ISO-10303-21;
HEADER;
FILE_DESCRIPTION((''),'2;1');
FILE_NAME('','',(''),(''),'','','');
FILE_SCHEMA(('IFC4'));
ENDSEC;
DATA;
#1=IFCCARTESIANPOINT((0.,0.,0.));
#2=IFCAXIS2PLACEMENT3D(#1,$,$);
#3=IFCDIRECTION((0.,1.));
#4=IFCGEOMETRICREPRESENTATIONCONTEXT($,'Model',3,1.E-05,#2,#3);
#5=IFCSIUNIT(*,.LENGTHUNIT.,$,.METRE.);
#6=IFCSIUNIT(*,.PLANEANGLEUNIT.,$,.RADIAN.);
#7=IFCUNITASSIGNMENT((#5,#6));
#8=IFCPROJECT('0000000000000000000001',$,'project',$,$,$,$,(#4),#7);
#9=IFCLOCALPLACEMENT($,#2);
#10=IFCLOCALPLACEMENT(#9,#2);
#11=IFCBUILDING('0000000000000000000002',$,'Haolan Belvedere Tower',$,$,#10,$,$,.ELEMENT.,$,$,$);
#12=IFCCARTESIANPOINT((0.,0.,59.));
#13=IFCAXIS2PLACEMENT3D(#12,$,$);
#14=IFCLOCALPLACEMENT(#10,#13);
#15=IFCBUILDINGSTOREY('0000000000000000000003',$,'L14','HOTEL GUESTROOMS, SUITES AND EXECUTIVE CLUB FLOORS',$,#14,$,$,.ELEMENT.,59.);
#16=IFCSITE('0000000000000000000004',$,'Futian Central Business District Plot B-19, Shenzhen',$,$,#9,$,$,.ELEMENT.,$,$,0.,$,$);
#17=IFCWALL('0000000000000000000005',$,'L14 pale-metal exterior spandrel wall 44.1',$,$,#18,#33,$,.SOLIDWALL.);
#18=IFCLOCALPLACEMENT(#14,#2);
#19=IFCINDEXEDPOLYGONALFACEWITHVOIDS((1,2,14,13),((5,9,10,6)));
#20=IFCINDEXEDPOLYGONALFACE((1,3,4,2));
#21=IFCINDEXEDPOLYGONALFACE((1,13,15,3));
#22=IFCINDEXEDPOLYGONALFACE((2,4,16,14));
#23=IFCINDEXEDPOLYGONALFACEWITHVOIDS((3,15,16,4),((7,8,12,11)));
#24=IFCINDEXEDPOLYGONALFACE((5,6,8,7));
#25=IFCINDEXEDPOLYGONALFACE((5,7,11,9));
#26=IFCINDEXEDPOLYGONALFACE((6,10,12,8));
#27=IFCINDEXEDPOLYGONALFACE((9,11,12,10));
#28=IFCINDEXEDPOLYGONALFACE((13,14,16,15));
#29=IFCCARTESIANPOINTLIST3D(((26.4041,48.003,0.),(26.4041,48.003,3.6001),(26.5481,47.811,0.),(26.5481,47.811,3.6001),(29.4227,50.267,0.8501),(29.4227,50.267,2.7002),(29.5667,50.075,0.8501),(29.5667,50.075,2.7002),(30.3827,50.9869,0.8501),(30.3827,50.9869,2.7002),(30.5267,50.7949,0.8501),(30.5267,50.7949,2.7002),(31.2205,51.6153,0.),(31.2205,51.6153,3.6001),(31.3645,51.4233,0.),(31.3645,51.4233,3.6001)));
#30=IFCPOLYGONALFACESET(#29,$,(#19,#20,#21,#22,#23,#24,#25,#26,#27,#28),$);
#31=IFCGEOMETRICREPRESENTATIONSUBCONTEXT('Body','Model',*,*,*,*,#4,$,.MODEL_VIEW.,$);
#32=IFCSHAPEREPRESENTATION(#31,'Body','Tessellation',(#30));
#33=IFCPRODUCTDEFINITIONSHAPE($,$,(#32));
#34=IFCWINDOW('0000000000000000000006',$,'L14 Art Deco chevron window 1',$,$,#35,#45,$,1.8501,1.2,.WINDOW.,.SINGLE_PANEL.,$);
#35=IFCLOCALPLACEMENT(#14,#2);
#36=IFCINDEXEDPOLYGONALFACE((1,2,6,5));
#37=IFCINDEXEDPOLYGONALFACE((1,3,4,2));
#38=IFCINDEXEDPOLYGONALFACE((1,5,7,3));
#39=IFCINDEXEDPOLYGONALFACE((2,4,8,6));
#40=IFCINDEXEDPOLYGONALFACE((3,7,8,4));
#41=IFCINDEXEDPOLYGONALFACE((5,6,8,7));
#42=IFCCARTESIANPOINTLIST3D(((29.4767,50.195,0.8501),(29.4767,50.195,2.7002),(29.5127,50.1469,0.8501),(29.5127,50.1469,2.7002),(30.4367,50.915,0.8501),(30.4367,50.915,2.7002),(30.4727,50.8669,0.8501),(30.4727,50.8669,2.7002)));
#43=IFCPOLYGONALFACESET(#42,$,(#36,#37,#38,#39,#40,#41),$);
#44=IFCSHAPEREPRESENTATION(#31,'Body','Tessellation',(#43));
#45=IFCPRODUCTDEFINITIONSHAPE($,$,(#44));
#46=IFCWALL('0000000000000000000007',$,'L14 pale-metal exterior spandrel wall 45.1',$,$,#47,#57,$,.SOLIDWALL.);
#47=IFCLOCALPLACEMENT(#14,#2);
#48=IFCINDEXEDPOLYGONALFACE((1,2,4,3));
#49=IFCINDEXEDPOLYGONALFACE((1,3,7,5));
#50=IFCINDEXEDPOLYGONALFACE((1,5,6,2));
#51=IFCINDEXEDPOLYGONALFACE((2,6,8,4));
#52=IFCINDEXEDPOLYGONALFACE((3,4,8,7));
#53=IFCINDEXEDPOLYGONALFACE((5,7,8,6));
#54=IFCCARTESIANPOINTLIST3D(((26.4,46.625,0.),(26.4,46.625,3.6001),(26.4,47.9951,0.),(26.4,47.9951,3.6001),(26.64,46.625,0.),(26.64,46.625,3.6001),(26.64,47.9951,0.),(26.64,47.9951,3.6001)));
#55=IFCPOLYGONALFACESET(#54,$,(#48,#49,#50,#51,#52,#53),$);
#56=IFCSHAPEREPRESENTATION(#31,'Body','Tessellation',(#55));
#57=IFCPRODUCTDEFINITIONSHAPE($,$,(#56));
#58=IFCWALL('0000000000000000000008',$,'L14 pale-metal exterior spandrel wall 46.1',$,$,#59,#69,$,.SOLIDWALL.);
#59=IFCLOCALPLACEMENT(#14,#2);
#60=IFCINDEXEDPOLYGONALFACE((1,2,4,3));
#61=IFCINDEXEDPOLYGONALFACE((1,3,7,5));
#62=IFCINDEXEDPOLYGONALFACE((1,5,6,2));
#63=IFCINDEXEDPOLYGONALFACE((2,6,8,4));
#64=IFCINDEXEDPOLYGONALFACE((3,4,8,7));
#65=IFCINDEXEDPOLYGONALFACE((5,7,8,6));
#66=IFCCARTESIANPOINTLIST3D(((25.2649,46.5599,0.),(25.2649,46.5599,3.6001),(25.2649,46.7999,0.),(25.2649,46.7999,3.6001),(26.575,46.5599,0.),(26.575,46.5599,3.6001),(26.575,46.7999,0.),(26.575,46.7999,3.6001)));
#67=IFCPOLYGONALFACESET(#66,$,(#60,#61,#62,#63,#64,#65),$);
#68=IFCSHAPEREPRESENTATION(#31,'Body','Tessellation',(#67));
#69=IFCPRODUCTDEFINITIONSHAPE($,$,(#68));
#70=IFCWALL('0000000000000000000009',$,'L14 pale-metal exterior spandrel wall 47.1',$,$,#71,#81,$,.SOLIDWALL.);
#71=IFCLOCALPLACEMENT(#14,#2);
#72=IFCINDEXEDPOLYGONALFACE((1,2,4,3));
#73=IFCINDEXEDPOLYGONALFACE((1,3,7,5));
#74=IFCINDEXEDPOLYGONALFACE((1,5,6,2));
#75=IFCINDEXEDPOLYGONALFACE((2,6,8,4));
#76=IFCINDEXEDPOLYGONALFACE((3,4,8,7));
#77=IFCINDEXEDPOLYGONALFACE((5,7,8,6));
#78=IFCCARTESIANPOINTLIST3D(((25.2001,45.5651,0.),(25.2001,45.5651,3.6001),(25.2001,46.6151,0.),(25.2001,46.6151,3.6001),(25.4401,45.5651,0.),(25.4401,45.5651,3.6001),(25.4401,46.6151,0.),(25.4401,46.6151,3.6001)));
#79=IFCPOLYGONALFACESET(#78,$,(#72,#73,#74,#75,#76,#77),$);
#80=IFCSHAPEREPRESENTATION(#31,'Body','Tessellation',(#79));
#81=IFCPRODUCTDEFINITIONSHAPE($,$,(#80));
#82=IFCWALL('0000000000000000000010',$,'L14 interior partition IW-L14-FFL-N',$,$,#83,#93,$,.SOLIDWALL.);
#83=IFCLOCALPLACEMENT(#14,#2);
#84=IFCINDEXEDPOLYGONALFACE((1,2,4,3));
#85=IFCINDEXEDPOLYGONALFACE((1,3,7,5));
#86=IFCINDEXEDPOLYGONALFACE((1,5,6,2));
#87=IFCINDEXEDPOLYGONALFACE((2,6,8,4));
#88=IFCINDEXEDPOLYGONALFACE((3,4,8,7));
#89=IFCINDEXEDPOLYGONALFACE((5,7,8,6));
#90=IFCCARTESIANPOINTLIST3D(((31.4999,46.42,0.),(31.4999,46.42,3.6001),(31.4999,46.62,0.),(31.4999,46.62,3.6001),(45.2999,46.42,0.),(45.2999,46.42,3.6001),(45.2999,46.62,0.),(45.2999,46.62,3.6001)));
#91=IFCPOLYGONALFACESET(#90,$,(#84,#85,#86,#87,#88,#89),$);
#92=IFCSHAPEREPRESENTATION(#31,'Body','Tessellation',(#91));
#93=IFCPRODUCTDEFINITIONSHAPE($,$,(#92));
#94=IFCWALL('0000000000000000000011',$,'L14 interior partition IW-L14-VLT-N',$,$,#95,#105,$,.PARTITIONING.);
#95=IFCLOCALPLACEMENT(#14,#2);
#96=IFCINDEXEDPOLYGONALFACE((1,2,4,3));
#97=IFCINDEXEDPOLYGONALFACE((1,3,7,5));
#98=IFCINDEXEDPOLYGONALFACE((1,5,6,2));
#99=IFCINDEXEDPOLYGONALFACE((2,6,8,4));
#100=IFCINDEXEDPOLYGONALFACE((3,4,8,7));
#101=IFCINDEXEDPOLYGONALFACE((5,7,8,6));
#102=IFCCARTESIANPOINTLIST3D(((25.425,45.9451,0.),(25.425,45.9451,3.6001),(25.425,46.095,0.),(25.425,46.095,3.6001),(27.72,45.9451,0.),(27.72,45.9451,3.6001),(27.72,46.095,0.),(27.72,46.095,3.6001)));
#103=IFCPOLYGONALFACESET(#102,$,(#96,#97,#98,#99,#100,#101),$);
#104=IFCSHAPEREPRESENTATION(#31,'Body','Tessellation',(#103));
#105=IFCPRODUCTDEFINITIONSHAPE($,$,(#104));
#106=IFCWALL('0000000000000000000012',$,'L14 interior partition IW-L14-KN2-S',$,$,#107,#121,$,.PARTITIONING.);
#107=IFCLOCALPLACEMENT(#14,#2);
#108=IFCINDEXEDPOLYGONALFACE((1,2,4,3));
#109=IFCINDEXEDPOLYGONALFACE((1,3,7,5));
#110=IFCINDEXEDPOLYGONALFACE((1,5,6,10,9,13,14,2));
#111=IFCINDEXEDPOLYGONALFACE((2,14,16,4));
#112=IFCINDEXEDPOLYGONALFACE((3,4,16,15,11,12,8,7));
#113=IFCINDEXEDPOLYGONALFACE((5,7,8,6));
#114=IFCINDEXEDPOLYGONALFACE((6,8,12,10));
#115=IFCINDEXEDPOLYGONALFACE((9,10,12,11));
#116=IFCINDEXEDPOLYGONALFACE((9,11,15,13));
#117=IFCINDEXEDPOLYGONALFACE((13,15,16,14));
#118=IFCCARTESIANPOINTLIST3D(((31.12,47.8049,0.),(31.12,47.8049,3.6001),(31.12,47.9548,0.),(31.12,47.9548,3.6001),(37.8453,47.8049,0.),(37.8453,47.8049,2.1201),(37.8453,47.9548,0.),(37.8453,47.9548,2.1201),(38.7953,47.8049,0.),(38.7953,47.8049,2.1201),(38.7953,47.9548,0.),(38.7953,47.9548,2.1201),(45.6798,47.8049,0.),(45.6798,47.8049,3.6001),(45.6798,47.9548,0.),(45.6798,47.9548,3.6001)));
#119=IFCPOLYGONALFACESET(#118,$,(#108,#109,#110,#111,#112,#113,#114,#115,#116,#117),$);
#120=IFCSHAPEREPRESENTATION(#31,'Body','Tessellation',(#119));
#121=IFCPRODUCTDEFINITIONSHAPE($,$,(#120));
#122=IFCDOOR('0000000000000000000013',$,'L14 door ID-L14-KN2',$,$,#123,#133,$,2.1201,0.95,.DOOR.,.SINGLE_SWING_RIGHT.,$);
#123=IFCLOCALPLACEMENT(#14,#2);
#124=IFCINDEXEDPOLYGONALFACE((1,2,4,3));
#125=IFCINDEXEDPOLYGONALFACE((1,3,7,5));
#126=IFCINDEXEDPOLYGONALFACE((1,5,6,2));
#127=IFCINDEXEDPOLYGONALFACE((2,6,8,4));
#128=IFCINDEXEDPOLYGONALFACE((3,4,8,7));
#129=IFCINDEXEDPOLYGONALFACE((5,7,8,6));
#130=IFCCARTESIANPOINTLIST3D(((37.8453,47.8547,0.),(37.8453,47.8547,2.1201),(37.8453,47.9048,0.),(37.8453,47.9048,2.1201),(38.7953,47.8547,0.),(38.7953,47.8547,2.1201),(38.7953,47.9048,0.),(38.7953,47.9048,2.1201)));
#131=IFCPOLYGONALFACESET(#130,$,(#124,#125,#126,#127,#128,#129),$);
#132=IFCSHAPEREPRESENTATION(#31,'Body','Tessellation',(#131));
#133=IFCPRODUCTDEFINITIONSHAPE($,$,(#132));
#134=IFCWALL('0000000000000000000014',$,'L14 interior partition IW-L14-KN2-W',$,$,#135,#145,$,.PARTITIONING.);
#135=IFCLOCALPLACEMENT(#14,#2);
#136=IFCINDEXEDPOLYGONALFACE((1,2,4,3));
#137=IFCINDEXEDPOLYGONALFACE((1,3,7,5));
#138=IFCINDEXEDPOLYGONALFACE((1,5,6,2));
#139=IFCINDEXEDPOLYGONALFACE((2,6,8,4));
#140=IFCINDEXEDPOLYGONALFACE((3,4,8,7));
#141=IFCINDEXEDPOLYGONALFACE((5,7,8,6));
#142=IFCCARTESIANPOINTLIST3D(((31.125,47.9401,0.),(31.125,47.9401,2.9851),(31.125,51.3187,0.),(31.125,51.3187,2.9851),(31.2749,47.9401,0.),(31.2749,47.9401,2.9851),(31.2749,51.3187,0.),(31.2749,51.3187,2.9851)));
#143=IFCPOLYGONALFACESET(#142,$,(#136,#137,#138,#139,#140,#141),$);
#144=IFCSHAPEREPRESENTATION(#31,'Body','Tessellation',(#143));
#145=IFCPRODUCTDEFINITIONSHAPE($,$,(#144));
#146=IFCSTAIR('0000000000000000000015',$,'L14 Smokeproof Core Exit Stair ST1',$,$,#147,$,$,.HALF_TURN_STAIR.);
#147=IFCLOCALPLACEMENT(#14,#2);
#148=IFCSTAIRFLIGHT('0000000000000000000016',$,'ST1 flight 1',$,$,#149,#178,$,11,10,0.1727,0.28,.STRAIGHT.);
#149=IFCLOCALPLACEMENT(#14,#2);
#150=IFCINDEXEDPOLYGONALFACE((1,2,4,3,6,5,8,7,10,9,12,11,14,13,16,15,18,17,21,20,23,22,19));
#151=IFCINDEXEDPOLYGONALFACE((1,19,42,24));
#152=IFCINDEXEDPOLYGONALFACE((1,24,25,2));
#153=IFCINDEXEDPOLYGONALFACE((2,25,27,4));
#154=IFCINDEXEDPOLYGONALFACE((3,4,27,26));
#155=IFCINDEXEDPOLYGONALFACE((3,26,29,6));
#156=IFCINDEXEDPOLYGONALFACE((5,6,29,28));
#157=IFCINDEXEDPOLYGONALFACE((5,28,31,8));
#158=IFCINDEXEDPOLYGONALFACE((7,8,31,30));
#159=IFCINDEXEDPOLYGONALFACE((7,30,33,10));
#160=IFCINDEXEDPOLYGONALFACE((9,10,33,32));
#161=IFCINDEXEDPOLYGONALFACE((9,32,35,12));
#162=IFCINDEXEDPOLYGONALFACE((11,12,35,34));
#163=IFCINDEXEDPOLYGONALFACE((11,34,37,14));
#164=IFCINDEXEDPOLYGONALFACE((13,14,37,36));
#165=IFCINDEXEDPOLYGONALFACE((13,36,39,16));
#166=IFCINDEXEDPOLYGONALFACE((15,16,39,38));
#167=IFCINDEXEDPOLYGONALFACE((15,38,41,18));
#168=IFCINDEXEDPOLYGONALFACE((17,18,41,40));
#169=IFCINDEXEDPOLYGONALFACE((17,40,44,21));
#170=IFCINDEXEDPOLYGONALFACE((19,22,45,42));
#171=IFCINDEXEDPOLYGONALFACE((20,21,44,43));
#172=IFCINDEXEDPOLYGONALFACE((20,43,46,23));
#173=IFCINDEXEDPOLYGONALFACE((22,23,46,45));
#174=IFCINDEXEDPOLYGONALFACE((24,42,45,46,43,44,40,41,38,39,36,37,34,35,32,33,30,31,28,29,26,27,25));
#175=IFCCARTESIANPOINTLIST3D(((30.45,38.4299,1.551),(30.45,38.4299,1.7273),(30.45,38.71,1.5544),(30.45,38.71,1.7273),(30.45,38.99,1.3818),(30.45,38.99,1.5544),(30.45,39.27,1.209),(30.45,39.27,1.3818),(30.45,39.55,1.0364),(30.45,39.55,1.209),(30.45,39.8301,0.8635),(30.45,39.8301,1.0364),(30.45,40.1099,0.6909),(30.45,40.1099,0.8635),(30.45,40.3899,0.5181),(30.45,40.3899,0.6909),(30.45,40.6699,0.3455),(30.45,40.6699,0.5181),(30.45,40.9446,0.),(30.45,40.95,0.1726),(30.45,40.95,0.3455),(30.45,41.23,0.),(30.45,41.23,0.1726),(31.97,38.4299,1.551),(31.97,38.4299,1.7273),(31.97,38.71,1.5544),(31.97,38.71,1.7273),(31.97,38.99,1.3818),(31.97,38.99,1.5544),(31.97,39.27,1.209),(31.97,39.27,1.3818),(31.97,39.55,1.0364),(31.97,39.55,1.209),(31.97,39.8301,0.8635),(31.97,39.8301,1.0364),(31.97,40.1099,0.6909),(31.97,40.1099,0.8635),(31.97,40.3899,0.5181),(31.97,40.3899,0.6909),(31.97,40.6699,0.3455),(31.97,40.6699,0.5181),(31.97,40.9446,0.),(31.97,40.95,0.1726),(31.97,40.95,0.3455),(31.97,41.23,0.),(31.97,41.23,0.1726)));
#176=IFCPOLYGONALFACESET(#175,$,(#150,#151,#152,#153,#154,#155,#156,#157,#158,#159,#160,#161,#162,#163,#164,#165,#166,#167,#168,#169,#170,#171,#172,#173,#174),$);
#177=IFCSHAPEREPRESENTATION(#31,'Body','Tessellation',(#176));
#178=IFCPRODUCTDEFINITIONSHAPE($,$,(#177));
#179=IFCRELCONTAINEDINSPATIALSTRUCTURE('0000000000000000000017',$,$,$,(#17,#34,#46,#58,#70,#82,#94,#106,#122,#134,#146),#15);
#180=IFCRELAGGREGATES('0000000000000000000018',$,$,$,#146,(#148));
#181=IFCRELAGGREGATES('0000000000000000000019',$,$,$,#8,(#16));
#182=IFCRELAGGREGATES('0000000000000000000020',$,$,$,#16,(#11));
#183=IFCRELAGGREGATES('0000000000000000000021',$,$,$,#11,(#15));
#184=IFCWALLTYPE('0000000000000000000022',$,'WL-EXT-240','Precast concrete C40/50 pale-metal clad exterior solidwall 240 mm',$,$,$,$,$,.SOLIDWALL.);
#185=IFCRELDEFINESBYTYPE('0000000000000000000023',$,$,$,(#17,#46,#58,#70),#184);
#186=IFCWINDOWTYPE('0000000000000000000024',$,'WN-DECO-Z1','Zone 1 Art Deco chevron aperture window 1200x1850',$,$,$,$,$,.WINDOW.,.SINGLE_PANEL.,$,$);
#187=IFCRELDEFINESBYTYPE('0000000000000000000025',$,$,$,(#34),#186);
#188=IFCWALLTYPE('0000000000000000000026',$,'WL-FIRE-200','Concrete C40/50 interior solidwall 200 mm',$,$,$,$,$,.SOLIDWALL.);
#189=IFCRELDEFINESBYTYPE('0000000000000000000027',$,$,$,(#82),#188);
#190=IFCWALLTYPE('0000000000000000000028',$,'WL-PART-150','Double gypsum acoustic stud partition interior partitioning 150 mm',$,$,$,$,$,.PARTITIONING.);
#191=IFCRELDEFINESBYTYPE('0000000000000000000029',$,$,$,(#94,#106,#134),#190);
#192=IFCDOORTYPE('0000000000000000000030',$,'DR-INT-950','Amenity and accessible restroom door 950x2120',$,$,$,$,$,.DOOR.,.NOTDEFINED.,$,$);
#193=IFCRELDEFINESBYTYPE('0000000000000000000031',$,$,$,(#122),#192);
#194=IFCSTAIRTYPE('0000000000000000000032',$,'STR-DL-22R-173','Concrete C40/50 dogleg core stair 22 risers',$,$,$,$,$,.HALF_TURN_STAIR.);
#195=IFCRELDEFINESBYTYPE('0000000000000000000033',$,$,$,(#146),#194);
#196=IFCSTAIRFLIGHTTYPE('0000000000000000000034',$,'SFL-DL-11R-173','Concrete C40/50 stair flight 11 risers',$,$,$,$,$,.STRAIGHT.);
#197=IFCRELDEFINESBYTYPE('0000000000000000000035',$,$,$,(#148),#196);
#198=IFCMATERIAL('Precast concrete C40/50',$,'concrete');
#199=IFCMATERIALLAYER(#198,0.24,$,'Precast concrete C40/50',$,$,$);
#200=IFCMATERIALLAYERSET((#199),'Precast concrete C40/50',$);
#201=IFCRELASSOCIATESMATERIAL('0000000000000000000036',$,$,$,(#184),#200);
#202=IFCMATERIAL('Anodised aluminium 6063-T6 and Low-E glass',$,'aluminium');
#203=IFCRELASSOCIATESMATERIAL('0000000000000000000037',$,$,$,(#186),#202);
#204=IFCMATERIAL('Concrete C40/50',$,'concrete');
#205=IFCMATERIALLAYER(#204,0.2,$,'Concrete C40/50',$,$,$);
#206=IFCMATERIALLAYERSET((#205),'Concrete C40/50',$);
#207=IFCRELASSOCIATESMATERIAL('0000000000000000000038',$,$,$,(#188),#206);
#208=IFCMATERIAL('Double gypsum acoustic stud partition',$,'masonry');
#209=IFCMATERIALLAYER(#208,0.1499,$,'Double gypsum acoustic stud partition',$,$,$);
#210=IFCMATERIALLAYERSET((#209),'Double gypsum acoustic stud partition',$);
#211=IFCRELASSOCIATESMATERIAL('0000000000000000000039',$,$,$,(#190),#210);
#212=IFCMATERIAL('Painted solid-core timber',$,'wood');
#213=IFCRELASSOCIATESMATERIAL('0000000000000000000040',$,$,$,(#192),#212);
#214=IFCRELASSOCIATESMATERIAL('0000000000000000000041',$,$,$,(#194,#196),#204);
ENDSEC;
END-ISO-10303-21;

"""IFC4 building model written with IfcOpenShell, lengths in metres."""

from ifc_helpers import new_model, si_unit, direction, frame, frame_2d, origin, place, context, subcontext, project, spatial, polyline, rectangle, outline, extrude, material, layer, layer_set, type_object, element, fill, aggregate, save


model = new_model("IFC4")

# Units and contexts
model_context = context("Model", 3, precision=1e-05, world=origin(), true_north=direction((0.0, 1.0)))
body_context = subcontext(model_context, "Body", "Model", "MODEL_VIEW")
ifc_project = project(units=[si_unit("LENGTHUNIT", "METRE"), si_unit("PLANEANGLEUNIT", "RADIAN")], contexts=[model_context])

# Site, building, storey
site_placement = place(None, origin())
site = spatial("IfcSite", under=ifc_project, at=site_placement, Name="Futian Central Business District Plot B-19, Shenzhen", CompositionType="ELEMENT", RefElevation=0.0)
building_placement = place(site_placement, origin())
building = spatial("IfcBuilding", under=site, at=building_placement, Name="Haolan Belvedere Tower", CompositionType="ELEMENT")
storey_placement = place(building_placement, frame((0.0, 0.0, 59.0)))
storey = spatial("IfcBuildingStorey", under=building, at=storey_placement, Name="L14", Description="HOTEL GUESTROOMS, SUITES AND EXECUTIVE CLUB FLOORS", CompositionType="ELEMENT", Elevation=59.0)

# Wall, opening, window
ifc_material_1 = material(Name="Precast concrete C40/50", Category="concrete")
ifc_layer_1 = layer(ifc_material_1, 0.24, Name="Precast concrete C40/50")
ifc_layer_set_1 = layer_set([ifc_layer_1], Name="Precast concrete C40/50")
wall_type_1 = type_object("IfcWallType", Name="WL-EXT-240", Description="Precast concrete C40/50 pale-metal clad exterior solidwall 240 mm", PredefinedType="SOLIDWALL", material=ifc_layer_set_1)
wall_1_placement = place(storey_placement, frame((31.2925, 51.5193, 0.0), z_axis=(0.0, 0.0, 1.0), x_axis=(-0.8, -0.6, 0.0)))
wall_1 = element("IfcWall", 1, at=wall_1_placement, inside=storey, type_object=wall_type_1, Name="L14 pale-metal exterior spandrel wall 44.1", PredefinedType="SOLIDWALL", context=body_context, shape_type="SweptSolid", body=[
    extrude(rectangle(XDim=6.0205, YDim=0.24, at=frame_2d((3.0103, 0.0))), origin(), (0.0, 0.0, 1.0), 3.6001),
])
opening_1_placement = place(wall_1_placement, frame((1.0471, 0.0, 0.8501)))
opening_1 = element("IfcOpeningElement", 2, at=opening_1_placement, cuts=wall_1, PredefinedType="OPENING", context=body_context, shape_type="SweptSolid", body=[
    extrude(rectangle(XDim=1.2, YDim=1.8501, at=frame_2d((0.6001, 0.925))), frame((0.0, 0.1299, 0.0), z_axis=(0.0, -1.0, 0.0), x_axis=(1.0, 0.0, 0.0)), (0.0, 0.0, 1.0), 0.26),
])
ifc_material_2 = material(Name="Anodised aluminium 6063-T6 and Low-E glass", Category="aluminium")
window_type = type_object("IfcWindowType", Name="WN-DECO-Z1", Description="Zone 1 Art Deco chevron aperture window 1200x1850", PartitioningType="SINGLE_PANEL", PredefinedType="WINDOW", material=ifc_material_2)
window_placement = place(opening_1_placement, origin())
window = element("IfcWindow", 3, at=window_placement, inside=storey, type_object=window_type, Name="L14 Art Deco chevron window 1", OverallHeight=1.8501, OverallWidth=1.2, PartitioningType="SINGLE_PANEL", PredefinedType="WINDOW", context=body_context, shape_type="SweptSolid", body=[
    extrude(rectangle(XDim=1.2, YDim=1.8501, at=frame_2d((0.6001, 0.925))), frame((0.0, 0.03, 0.0), z_axis=(0.0, -1.0, 0.0), x_axis=(1.0, 0.0, 0.0)), (0.0, 0.0, 1.0), 0.0601),
])
fill(opening_1, window)

# Walls
wall_2_placement = place(storey_placement, frame((26.52, 47.9951, 0.0), z_axis=(0.0, 0.0, 1.0), x_axis=(0.0, -1.0, 0.0)))
element("IfcWall", 4, at=wall_2_placement, inside=storey, type_object=wall_type_1, Name="L14 pale-metal exterior spandrel wall 45.1", PredefinedType="SOLIDWALL", context=body_context, shape_type="SweptSolid", body=[
    extrude(rectangle(XDim=1.3701, YDim=0.24, at=frame_2d((0.6851, 0.0))), origin(), (0.0, 0.0, 1.0), 3.6001),
])
wall_3_placement = place(storey_placement, frame((26.575, 46.6799, 0.0), z_axis=(0.0, 0.0, 1.0), x_axis=(-1.0, 0.0, 0.0)))
element("IfcWall", 5, at=wall_3_placement, inside=storey, type_object=wall_type_1, Name="L14 pale-metal exterior spandrel wall 46.1", PredefinedType="SOLIDWALL", context=body_context, shape_type="SweptSolid", body=[
    extrude(rectangle(XDim=1.3101, YDim=0.24, at=frame_2d((0.655, 0.0))), origin(), (0.0, 0.0, 1.0), 3.6001),
])
wall_4_placement = place(storey_placement, frame((25.3201, 46.615, 0.0), z_axis=(0.0, 0.0, 1.0), x_axis=(0.0, -1.0, 0.0)))
element("IfcWall", 6, at=wall_4_placement, inside=storey, type_object=wall_type_1, Name="L14 pale-metal exterior spandrel wall 47.1", PredefinedType="SOLIDWALL", context=body_context, shape_type="SweptSolid", body=[
    extrude(rectangle(XDim=1.05, YDim=0.24, at=frame_2d((0.5249, 0.0))), origin(), (0.0, 0.0, 1.0), 3.6001),
])
ifc_material_3 = material(Name="Concrete C40/50", Category="concrete")
ifc_layer_2 = layer(ifc_material_3, 0.2, Name="Concrete C40/50")
ifc_layer_set_2 = layer_set([ifc_layer_2], Name="Concrete C40/50")
wall_type_2 = type_object("IfcWallType", Name="WL-FIRE-200", Description="Concrete C40/50 interior solidwall 200 mm", PredefinedType="SOLIDWALL", material=ifc_layer_set_2)
wall_5_placement = place(storey_placement, frame((31.5, 46.52, 0.0), z_axis=(0.0, 0.0, 1.0), x_axis=(1.0, 0.0, 0.0)))
element("IfcWall", 7, at=wall_5_placement, inside=storey, type_object=wall_type_2, Name="L14 interior partition IW-L14-FFL-N", PredefinedType="SOLIDWALL", context=body_context, shape_type="SweptSolid", body=[
    extrude(rectangle(XDim=13.8, YDim=0.2, at=frame_2d((6.8999, 0.0))), origin(), (0.0, 0.0, 1.0), 3.6001),
])

# Wall
ifc_material_4 = material(Name="Double gypsum acoustic stud partition", Category="masonry")
ifc_layer_3 = layer(ifc_material_4, 0.1499, Name="Double gypsum acoustic stud partition")
ifc_layer_set_3 = layer_set([ifc_layer_3], Name="Double gypsum acoustic stud partition")
wall_type_3 = type_object("IfcWallType", Name="WL-PART-150", Description="Double gypsum acoustic stud partition interior partitioning 150 mm", PredefinedType="PARTITIONING", material=ifc_layer_set_3)
wall_6_placement = place(storey_placement, frame((25.425, 46.02, 0.0), z_axis=(0.0, 0.0, 1.0), x_axis=(1.0, 0.0, 0.0)))
element("IfcWall", 8, at=wall_6_placement, inside=storey, type_object=wall_type_3, Name="L14 interior partition IW-L14-VLT-N", PredefinedType="PARTITIONING", context=body_context, shape_type="SweptSolid", body=[
    extrude(rectangle(XDim=2.2949, YDim=0.1499, at=frame_2d((1.1475, 0.0))), origin(), (0.0, 0.0, 1.0), 3.6001),
])

# Wall, opening, door
wall_7_placement = place(storey_placement, frame((31.1201, 47.8799, 0.0), z_axis=(0.0, 0.0, 1.0), x_axis=(1.0, 0.0, 0.0)))
wall_7 = element("IfcWall", 9, at=wall_7_placement, inside=storey, type_object=wall_type_3, Name="L14 interior partition IW-L14-KN2-S", PredefinedType="PARTITIONING", context=body_context, shape_type="SweptSolid", body=[
    extrude(rectangle(XDim=14.5598, YDim=0.1499, at=frame_2d((7.2798, 0.0))), origin(), (0.0, 0.0, 1.0), 3.6001),
])
opening_2_placement = place(wall_7_placement, frame((6.7251, 0.0, 0.0)))
opening_2 = element("IfcOpeningElement", 10, at=opening_2_placement, cuts=wall_7, PredefinedType="OPENING", context=body_context, shape_type="SweptSolid", body=[
    extrude(rectangle(XDim=0.95, YDim=2.1201, at=frame_2d((0.4751, 1.0601))), frame((0.0, 0.085, 0.0), z_axis=(0.0, -1.0, 0.0), x_axis=(1.0, 0.0, 0.0)), (0.0, 0.0, 1.0), 0.1699),
])
ifc_material_5 = material(Name="Painted solid-core timber", Category="wood")
door_type_1 = type_object("IfcDoorType", Name="DR-INT-950", Description="Amenity and accessible restroom door 950x2120", OperationType="NOTDEFINED", PredefinedType="DOOR", material=ifc_material_5)
door_1_placement = place(opening_2_placement, origin())
door_1 = element("IfcDoor", 11, at=door_1_placement, inside=storey, type_object=door_type_1, Name="L14 door ID-L14-KN2", OperationType="SINGLE_SWING_RIGHT", OverallHeight=2.1201, OverallWidth=0.95, PredefinedType="DOOR", context=body_context, shape_type="SweptSolid", body=[
    extrude(rectangle(XDim=0.95, YDim=2.1201, at=frame_2d((0.4751, 1.0601))), frame((0.0, 0.0249, 0.0), z_axis=(0.0, -1.0, 0.0), x_axis=(1.0, 0.0, 0.0)), (0.0, 0.0, 1.0), 0.05),
])
fill(opening_2, door_1)

# Wall
wall_8_placement = place(storey_placement, frame((31.2, 47.9399, 0.0), z_axis=(0.0, 0.0, 1.0), x_axis=(0.0, 1.0, 0.0)))
element("IfcWall", 12, at=wall_8_placement, inside=storey, type_object=wall_type_3, Name="L14 interior partition IW-L14-KN2-W", PredefinedType="PARTITIONING", context=body_context, shape_type="SweptSolid", body=[
    extrude(rectangle(XDim=3.3787, YDim=0.1499, at=frame_2d((1.6895, 0.0))), origin(), (0.0, 0.0, 1.0), 2.9851),
])

# Stair, stair flight
stair_type = type_object("IfcStairType", Name="STR-DL-22R-173", Description="Concrete C40/50 dogleg core stair 22 risers", PredefinedType="HALF_TURN_STAIR", material=ifc_material_3)
stair_1_placement = place(storey_placement, origin())
stair_1 = element("IfcStair", 13, at=stair_1_placement, inside=storey, type_object=stair_type, Name="L14 Smokeproof Core Exit Stair ST1", PredefinedType="HALF_TURN_STAIR")
stair_flight_type = type_object("IfcStairFlightType", Name="SFL-DL-11R-173", Description="Concrete C40/50 stair flight 11 risers", PredefinedType="STRAIGHT", material=ifc_material_3)
stair_flight_1_placement = place(storey_placement, frame((31.21, 41.23, 0.0), z_axis=(0.0, 0.0, 1.0), x_axis=(0.0, -1.0, 0.0)))
stair_flight_1 = element("IfcStairFlight", 14, at=stair_flight_1_placement, type_object=stair_flight_type, Name="ST1 flight 1", NumberOfRisers=11, NumberOfTreads=10, PredefinedType="STRAIGHT", RiserHeight=0.1727, TreadLength=0.28, context=body_context, shape_type="SweptSolid", body=[
    extrude(outline(polyline([(0.0, 0.0), (0.0, 0.1726), (0.28, 0.1726), (0.28, 0.3455), (0.5601, 0.3455), (0.5601, 0.5181), (0.8401, 0.5181), (0.8401, 0.6909), (1.1201, 0.6909), (1.1201, 0.8635), (1.3999, 0.8635), (1.3999, 1.0364), (1.6799, 1.0364), (1.6799, 1.209), (1.96, 1.209), (1.96, 1.3818), (2.24, 1.3818), (2.24, 1.5544), (2.52, 1.5544), (2.52, 1.7273), (2.8, 1.7273), (2.8, 1.8999), (2.8, 1.551), (0.2854, 0.0), (0.0, 0.0)])), frame((0.0, 0.76, 0.0), z_axis=(0.0, -1.0, 0.0), x_axis=(1.0, 0.0, 0.0)), (0.0, 0.0, 1.0), 1.52),
])
aggregate(stair_1, [stair_flight_1])

save(model, "model.ifc")
